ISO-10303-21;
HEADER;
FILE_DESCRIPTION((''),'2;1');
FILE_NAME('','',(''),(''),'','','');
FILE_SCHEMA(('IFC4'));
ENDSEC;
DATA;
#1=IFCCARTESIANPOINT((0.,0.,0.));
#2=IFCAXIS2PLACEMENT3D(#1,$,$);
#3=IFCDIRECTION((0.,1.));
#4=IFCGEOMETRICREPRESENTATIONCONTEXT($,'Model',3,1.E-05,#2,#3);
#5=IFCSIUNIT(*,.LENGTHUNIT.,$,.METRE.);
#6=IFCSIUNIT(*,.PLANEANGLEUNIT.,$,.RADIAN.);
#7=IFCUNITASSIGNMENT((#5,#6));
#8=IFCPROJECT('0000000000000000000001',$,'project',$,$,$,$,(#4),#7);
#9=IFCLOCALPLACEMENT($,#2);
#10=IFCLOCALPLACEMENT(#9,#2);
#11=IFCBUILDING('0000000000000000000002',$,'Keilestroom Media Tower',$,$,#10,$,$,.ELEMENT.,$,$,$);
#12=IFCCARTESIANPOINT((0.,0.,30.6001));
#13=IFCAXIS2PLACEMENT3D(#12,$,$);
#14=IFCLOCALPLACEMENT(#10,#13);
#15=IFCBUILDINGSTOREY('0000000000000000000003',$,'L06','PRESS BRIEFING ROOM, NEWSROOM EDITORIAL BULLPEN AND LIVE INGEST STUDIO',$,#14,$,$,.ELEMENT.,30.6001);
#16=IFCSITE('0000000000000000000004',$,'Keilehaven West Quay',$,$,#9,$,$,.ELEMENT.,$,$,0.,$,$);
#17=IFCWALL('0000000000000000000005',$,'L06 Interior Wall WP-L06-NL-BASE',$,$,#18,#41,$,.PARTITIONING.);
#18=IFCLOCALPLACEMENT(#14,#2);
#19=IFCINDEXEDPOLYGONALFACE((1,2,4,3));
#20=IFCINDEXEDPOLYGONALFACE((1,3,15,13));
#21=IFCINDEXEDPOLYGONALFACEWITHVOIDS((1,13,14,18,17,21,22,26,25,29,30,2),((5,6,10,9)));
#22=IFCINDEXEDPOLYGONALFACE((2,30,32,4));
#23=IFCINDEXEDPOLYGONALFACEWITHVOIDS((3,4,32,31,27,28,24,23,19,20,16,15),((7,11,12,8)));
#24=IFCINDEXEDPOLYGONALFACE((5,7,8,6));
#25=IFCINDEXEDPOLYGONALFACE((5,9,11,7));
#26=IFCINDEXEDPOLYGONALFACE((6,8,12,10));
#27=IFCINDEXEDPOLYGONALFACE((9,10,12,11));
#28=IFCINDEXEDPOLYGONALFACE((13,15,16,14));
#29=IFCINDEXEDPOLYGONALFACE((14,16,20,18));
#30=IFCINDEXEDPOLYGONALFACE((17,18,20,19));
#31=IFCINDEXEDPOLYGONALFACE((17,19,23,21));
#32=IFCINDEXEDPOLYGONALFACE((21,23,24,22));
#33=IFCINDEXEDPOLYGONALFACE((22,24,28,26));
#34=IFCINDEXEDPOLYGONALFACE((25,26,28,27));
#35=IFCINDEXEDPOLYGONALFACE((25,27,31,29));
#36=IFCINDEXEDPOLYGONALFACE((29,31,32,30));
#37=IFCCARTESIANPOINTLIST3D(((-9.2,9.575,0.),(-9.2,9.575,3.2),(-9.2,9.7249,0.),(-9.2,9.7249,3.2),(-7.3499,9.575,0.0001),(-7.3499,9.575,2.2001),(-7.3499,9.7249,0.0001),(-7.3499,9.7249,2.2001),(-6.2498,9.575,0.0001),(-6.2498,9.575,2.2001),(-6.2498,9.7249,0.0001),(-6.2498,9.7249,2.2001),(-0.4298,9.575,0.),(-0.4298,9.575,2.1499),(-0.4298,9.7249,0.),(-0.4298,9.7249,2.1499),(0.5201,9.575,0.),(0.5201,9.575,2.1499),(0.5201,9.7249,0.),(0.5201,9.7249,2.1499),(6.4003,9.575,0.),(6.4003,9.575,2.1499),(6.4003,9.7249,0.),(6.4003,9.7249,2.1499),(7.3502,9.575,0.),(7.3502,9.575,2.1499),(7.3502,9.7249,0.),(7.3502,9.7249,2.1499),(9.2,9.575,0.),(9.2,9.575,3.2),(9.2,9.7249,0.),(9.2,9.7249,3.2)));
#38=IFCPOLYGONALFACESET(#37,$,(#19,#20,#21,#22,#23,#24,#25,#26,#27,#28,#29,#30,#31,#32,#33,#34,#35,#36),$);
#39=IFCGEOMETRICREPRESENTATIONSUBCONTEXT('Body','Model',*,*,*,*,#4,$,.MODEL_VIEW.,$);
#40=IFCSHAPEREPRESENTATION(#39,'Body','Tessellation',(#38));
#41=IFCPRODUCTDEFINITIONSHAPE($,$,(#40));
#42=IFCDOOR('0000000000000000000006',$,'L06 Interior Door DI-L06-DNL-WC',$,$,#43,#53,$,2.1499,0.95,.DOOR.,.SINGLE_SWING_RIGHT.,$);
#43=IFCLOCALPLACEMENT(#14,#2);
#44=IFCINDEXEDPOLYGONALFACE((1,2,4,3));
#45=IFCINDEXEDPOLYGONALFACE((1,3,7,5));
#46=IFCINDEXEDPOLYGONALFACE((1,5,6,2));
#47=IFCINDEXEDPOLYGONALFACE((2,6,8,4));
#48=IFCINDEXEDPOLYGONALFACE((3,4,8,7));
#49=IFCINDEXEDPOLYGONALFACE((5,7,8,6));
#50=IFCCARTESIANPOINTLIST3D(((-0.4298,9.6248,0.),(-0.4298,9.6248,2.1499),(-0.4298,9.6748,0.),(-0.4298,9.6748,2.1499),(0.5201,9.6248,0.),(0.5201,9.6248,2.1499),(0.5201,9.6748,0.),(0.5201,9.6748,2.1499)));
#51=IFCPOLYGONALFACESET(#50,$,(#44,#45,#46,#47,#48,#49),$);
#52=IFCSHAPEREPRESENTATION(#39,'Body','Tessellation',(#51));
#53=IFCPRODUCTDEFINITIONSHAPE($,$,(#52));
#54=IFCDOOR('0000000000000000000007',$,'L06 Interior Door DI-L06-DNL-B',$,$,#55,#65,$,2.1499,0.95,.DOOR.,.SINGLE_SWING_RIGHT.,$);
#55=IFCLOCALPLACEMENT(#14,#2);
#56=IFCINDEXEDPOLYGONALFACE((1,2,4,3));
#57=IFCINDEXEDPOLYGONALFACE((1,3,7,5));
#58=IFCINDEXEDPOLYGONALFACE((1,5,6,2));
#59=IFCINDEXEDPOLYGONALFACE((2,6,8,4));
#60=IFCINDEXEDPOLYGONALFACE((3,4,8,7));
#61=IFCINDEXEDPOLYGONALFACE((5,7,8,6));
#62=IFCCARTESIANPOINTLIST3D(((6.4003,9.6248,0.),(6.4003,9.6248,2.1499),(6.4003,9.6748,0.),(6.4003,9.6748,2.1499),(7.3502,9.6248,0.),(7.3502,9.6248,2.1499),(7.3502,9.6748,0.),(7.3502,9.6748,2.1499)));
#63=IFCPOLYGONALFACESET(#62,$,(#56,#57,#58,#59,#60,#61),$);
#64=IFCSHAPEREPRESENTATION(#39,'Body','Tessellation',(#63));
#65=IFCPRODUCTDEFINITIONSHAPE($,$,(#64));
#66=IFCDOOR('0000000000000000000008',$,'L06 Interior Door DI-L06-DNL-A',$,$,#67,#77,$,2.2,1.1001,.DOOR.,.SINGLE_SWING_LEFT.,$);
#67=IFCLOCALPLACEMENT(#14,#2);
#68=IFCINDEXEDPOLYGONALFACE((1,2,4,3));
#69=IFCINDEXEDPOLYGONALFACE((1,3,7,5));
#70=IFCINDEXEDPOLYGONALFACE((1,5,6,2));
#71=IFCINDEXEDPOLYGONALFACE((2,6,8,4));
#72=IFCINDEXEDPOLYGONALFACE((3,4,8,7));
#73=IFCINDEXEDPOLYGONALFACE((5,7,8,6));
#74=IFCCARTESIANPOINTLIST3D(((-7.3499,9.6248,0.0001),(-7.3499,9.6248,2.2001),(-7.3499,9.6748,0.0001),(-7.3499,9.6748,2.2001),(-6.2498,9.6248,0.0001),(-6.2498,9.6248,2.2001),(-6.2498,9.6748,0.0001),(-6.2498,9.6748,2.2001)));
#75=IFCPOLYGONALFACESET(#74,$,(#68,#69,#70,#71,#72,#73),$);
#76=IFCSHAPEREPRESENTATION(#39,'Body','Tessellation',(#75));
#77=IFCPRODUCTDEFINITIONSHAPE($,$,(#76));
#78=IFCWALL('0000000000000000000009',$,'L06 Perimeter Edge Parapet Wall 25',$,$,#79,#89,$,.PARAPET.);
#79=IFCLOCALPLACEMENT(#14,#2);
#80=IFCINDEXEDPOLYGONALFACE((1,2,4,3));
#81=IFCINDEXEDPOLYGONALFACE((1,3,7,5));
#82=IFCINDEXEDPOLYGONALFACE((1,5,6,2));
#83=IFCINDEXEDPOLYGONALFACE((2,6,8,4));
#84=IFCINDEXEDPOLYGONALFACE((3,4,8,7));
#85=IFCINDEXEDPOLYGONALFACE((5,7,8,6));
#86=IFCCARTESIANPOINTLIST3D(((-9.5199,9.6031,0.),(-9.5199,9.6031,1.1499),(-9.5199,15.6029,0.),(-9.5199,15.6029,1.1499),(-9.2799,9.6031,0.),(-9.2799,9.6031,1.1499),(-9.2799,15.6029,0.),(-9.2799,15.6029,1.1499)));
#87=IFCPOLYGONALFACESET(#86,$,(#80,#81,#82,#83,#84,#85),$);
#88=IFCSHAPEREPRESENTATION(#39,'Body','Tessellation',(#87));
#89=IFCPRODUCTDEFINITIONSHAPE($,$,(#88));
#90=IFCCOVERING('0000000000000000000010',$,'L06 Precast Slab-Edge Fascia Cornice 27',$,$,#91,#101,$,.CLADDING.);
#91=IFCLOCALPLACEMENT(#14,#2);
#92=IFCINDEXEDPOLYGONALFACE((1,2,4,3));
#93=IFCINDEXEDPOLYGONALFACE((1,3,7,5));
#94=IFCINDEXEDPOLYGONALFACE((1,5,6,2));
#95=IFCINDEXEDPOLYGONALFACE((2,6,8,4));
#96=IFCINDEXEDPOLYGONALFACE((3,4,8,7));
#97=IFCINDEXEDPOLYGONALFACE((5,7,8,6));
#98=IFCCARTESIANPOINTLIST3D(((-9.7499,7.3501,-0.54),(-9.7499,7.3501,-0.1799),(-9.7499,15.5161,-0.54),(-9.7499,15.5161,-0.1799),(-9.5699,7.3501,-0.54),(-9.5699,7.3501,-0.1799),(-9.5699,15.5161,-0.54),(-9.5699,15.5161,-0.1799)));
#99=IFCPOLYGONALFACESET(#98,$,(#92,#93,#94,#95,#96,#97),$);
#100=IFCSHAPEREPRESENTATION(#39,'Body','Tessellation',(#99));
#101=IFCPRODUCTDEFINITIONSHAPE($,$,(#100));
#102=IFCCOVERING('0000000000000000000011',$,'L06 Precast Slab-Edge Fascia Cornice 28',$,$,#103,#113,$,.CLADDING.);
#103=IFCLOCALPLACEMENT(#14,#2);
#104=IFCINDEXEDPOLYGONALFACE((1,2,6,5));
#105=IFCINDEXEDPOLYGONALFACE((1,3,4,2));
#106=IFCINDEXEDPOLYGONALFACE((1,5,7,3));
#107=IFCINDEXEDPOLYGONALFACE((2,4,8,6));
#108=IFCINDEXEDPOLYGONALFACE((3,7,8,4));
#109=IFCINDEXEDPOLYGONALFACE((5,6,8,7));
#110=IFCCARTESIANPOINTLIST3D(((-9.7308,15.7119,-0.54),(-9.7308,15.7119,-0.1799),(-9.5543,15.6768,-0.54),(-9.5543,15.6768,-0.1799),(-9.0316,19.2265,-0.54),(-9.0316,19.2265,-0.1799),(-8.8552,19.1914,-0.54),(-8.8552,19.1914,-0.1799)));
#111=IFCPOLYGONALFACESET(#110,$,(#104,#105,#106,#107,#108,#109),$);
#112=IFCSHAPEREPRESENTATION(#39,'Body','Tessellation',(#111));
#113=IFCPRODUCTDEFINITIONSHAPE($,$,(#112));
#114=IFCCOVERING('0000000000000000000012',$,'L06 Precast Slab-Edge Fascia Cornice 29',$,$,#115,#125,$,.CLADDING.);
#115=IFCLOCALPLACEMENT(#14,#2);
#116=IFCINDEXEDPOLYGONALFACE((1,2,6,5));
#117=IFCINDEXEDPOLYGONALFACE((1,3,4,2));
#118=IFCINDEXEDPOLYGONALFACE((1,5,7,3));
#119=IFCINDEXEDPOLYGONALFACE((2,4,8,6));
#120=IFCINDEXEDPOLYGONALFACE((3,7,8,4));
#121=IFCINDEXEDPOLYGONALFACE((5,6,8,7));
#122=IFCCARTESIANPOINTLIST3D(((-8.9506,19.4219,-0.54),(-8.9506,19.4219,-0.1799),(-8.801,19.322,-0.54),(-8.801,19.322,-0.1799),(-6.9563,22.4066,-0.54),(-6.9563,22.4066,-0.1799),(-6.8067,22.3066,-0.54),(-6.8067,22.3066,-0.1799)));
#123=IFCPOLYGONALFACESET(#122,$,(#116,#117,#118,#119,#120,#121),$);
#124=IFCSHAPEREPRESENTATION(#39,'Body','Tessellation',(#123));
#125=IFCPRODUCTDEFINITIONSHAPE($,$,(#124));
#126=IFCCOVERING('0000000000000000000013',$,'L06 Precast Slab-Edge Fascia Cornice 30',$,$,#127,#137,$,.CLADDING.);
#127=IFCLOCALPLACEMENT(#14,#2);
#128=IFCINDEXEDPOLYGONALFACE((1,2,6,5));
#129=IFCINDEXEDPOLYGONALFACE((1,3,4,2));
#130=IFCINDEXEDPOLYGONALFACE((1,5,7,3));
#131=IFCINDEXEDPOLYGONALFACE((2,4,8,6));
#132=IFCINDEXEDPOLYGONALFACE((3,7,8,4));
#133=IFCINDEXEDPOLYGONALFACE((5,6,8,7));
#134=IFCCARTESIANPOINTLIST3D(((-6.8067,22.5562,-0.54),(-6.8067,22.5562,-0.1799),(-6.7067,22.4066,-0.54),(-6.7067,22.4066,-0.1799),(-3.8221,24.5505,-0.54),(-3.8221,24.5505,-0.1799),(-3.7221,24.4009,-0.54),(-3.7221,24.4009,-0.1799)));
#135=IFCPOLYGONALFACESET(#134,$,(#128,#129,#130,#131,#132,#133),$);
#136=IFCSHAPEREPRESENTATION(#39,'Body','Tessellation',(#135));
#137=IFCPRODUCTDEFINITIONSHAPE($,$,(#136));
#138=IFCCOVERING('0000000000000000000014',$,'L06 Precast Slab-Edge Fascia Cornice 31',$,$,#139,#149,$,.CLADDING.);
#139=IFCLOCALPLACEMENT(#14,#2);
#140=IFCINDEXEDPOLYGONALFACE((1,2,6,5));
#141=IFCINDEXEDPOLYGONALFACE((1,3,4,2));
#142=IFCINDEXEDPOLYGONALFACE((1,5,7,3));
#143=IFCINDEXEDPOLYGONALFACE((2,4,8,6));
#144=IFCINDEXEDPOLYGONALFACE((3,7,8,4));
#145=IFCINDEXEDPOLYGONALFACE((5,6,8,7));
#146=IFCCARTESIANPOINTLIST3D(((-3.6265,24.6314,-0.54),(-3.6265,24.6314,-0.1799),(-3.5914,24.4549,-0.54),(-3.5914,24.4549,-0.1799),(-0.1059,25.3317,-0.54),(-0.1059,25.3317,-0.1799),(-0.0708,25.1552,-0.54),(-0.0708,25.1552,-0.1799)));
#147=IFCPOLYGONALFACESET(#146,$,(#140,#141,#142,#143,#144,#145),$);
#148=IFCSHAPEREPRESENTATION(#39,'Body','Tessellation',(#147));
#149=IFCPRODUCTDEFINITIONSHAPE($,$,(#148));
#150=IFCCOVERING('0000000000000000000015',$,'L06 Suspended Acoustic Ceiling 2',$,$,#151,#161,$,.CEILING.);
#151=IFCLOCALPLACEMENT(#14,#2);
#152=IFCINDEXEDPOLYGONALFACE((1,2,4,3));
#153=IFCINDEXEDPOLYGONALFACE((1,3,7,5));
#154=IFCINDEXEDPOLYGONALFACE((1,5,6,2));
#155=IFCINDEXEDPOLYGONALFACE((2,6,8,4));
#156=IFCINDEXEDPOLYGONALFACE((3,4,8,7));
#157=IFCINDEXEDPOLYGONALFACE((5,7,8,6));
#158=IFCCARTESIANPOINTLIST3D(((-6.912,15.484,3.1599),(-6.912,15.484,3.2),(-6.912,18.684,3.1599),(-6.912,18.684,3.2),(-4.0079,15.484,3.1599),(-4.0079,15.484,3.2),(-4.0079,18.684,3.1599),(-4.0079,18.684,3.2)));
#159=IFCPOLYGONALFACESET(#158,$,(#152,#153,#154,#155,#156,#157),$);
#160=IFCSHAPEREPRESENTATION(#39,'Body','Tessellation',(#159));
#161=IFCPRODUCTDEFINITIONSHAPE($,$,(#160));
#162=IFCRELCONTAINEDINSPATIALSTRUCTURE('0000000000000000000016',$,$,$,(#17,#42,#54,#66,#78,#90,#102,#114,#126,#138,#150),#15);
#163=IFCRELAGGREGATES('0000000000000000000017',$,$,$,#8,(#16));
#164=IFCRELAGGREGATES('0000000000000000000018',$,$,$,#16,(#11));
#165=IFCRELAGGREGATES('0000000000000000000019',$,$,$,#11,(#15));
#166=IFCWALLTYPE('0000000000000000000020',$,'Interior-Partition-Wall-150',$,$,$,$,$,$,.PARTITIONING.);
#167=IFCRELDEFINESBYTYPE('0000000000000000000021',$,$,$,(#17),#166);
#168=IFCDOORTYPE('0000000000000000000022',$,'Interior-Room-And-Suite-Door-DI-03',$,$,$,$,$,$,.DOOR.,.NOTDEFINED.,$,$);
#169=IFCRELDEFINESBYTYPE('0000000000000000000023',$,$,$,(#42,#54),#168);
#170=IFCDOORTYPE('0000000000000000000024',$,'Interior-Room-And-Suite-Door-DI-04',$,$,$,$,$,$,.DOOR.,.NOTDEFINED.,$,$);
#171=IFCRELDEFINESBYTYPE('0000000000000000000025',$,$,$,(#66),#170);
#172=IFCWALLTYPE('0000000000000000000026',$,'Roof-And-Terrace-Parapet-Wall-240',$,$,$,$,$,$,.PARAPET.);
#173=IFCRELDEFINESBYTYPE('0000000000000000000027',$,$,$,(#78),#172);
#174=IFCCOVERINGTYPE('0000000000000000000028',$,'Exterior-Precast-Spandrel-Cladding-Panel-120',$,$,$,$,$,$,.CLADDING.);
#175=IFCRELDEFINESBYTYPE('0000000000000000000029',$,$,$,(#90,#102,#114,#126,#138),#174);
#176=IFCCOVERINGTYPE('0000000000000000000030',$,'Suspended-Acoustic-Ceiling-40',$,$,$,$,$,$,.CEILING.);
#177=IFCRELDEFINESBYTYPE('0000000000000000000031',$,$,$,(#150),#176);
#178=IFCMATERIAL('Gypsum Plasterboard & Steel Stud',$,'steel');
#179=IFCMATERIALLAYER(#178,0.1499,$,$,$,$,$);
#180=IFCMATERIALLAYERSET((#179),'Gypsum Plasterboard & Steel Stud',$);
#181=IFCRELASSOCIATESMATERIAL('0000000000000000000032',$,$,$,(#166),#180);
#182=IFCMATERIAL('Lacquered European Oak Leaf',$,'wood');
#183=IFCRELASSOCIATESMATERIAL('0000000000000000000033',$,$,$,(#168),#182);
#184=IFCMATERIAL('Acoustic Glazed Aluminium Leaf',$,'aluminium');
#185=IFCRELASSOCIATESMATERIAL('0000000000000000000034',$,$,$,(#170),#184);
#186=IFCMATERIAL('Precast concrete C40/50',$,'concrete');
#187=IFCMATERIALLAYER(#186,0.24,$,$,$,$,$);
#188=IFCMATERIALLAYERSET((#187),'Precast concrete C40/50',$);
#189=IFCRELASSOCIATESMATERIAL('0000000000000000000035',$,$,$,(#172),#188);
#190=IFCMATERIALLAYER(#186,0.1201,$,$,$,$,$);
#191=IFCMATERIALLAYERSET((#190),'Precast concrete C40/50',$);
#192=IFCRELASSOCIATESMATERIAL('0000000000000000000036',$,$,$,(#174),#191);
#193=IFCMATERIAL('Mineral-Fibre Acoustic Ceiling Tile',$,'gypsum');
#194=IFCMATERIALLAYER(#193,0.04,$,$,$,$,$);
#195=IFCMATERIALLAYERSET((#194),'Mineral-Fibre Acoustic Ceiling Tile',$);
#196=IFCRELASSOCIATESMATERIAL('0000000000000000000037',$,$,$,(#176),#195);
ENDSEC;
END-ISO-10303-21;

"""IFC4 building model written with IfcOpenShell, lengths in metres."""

from ifc_helpers import new_model, si_unit, direction, frame, frame_2d, origin, origin_2d, place, context, subcontext, project, spatial, rectangle, extrude, source, transform, mapped, material, layer, layer_set, type_object, element, fill, save


model = new_model("IFC4")

# Units and contexts
model_context = context("Model", 3, precision=1e-05, world=origin(), true_north=direction((0.0, 1.0)))
body_context = subcontext(model_context, "Body", "Model", "MODEL_VIEW")
ifc_project = project(units=[si_unit("LENGTHUNIT", "METRE"), si_unit("PLANEANGLEUNIT", "RADIAN")], contexts=[model_context])

# Site, building, storey
site_placement = place(None, origin())
site = spatial("IfcSite", under=ifc_project, at=site_placement, Name="Keilehaven West Quay", CompositionType="ELEMENT", RefElevation=0.0)
building_placement = place(site_placement, origin())
building = spatial("IfcBuilding", under=site, at=building_placement, Name="Keilestroom Media Tower", CompositionType="ELEMENT")
storey_placement = place(building_placement, frame((0.0, 0.0, 30.6001)))
storey = spatial("IfcBuildingStorey", under=building, at=storey_placement, Name="L06", Description="PRESS BRIEFING ROOM, NEWSROOM EDITORIAL BULLPEN AND LIVE INGEST STUDIO", CompositionType="ELEMENT", Elevation=30.6001)

# Shared definitions
ifc_material_1 = material(Name="Precast concrete C40/50", Category="concrete")
ifc_material_2 = material(Name="Gypsum Plasterboard & Steel Stud", Category="steel")

# Wall, openings, doors
ifc_layer_1 = layer(ifc_material_2, 0.1499)
ifc_layer_set_1 = layer_set([ifc_layer_1], Name="Gypsum Plasterboard & Steel Stud")
wall_type_1 = type_object("IfcWallType", Name="Interior-Partition-Wall-150", PredefinedType="PARTITIONING", material=ifc_layer_set_1)
wall_1_placement = place(storey_placement, frame((-9.2, 9.6499, 0.0), z_axis=(0.0, 0.0, 1.0), x_axis=(1.0, 0.0, 0.0)))
wall_1 = element("IfcWall", 1, at=wall_1_placement, inside=storey, type_object=wall_type_1, Name="L06 Interior Wall WP-L06-NL-BASE", PredefinedType="PARTITIONING", context=body_context, shape_type="SweptSolid", body=[
    extrude(rectangle(XDim=18.3999, YDim=0.1499, at=frame_2d((9.2, 0.0))), origin(), (0.0, 0.0, 1.0), 3.2),
])
opening_1_placement = place(wall_1_placement, frame((8.77, 0.0, 0.0)))
opening_1 = element("IfcOpeningElement", 2, at=opening_1_placement, cuts=wall_1, PredefinedType="OPENING", context=body_context, shape_type="SweptSolid", body=[
    extrude(rectangle(XDim=0.95, YDim=2.1499, at=frame_2d((0.4751, 1.075))), frame((0.0, 0.085, 0.0), z_axis=(0.0, -1.0, 0.0), x_axis=(1.0, 0.0, 0.0)), (0.0, 0.0, 1.0), 0.1699),
])
opening_2_placement = place(wall_1_placement, frame((1.8501, 0.0, 0.0)))
opening_2 = element("IfcOpeningElement", 3, at=opening_2_placement, cuts=wall_1, PredefinedType="OPENING", context=body_context, shape_type="SweptSolid", body=[
    extrude(rectangle(XDim=1.1001, YDim=2.2, at=frame_2d((0.55, 1.1001))), frame((0.0, 0.085, 0.0), z_axis=(0.0, -1.0, 0.0), x_axis=(1.0, 0.0, 0.0)), (0.0, 0.0, 1.0), 0.1699),
])
opening_3_placement = place(wall_1_placement, frame((15.6001, 0.0, 0.0)))
opening_3 = element("IfcOpeningElement", 4, at=opening_3_placement, cuts=wall_1, PredefinedType="OPENING", context=body_context, shape_type="SweptSolid", body=[
    extrude(rectangle(XDim=0.95, YDim=2.1499, at=frame_2d((0.4751, 1.075))), frame((0.0, 0.085, 0.0), z_axis=(0.0, -1.0, 0.0), x_axis=(1.0, 0.0, 0.0)), (0.0, 0.0, 1.0), 0.1699),
])
ifc_material_3 = material(Name="Lacquered European Oak Leaf", Category="wood")
door_type_1 = type_object("IfcDoorType", Name="Interior-Room-And-Suite-Door-DI-03", OperationType="NOTDEFINED", PredefinedType="DOOR", material=ifc_material_3)
shared_shape_1 = source(origin(), body_context, "Body", "SweptSolid", [
    extrude(rectangle(XDim=0.95, YDim=2.1499, at=frame_2d((0.4751, 1.075))), frame((0.0, 0.0249, 0.0), z_axis=(0.0, -1.0, 0.0), x_axis=(1.0, 0.0, 0.0)), (0.0, 0.0, 1.0), 0.05),
])
door_1_placement = place(opening_1_placement, origin())
door_1 = element("IfcDoor", 5, at=door_1_placement, inside=storey, type_object=door_type_1, Name="L06 Interior Door DI-L06-DNL-WC", OperationType="SINGLE_SWING_RIGHT", OverallHeight=2.1499, OverallWidth=0.95, PredefinedType="DOOR", context=body_context, shape_type="MappedRepresentation", body=[
    mapped(shared_shape_1, transform((0.0, 0.0, 0.0), x_axis=(1.0, 0.0, 0.0), y_axis=(0.0, 1.0, 0.0), z_axis=(0.0, 0.0, 1.0), scale=1.0)),
])
fill(opening_1, door_1)
door_2_placement = place(opening_3_placement, origin())
door_2 = element("IfcDoor", 6, at=door_2_placement, inside=storey, type_object=door_type_1, Name="L06 Interior Door DI-L06-DNL-B", OperationType="SINGLE_SWING_RIGHT", OverallHeight=2.1499, OverallWidth=0.95, PredefinedType="DOOR", context=body_context, shape_type="MappedRepresentation", body=[
    mapped(shared_shape_1, transform((0.0, 0.0, 0.0), x_axis=(1.0, 0.0, 0.0), y_axis=(0.0, 1.0, 0.0), z_axis=(0.0, 0.0, 1.0), scale=1.0)),
])
fill(opening_3, door_2)
ifc_material_4 = material(Name="Acoustic Glazed Aluminium Leaf", Category="aluminium")
door_type_2 = type_object("IfcDoorType", Name="Interior-Room-And-Suite-Door-DI-04", OperationType="NOTDEFINED", PredefinedType="DOOR", material=ifc_material_4)
shared_shape_2 = source(origin(), body_context, "Body", "SweptSolid", [
    extrude(rectangle(XDim=1.1001, YDim=2.2, at=frame_2d((0.55, 1.1001))), frame((0.0, 0.0249, 0.0), z_axis=(0.0, -1.0, 0.0), x_axis=(1.0, 0.0, 0.0)), (0.0, 0.0, 1.0), 0.05),
])
door_3_placement = place(opening_2_placement, origin())
door_3 = element("IfcDoor", 7, at=door_3_placement, inside=storey, type_object=door_type_2, Name="L06 Interior Door DI-L06-DNL-A", OperationType="SINGLE_SWING_LEFT", OverallHeight=2.2, OverallWidth=1.1001, PredefinedType="DOOR", context=body_context, shape_type="MappedRepresentation", body=[
    mapped(shared_shape_2, transform((0.0, 0.0, 0.0), x_axis=(1.0, 0.0, 0.0), y_axis=(0.0, 1.0, 0.0), z_axis=(0.0, 0.0, 1.0), scale=1.0)),
])
fill(opening_2, door_3)

# Wall
ifc_layer_2 = layer(ifc_material_1, 0.24)
ifc_layer_set_2 = layer_set([ifc_layer_2], Name="Precast concrete C40/50")
wall_type_2 = type_object("IfcWallType", Name="Roof-And-Terrace-Parapet-Wall-240", PredefinedType="PARAPET", material=ifc_layer_set_2)
wall_2_placement = place(storey_placement, frame((-9.3999, 9.603, 0.0), z_axis=(0.0, 0.0, 1.0), x_axis=(0.0, 1.0, 0.0)))
element("IfcWall", 8, at=wall_2_placement, inside=storey, type_object=wall_type_2, Name="L06 Perimeter Edge Parapet Wall 25", PredefinedType="PARAPET", context=body_context, shape_type="SweptSolid", body=[
    extrude(rectangle(XDim=5.9998, YDim=0.24, at=frame_2d((3.0, 0.0))), origin(), (0.0, 0.0, 1.0), 1.1499),
])

# Coverings
ifc_layer_3 = layer(ifc_material_1, 0.1201)
ifc_layer_set_3 = layer_set([ifc_layer_3], Name="Precast concrete C40/50")
covering_type_1 = type_object("IfcCoveringType", Name="Exterior-Precast-Spandrel-Cladding-Panel-120", PredefinedType="CLADDING", material=ifc_layer_set_3)
shared_shape_3 = source(origin(), body_context, "Body", "SweptSolid", [
    extrude(rectangle(XDim=8.166, YDim=0.1799, at=origin_2d()), origin(), (0.0, 0.0, 1.0), 0.3601),
])
covering_1_placement = place(storey_placement, frame((-9.6599, 11.4331, -0.54), z_axis=(0.0, 0.0, 1.0), x_axis=(0.0, 1.0, 0.0)))
element("IfcCovering", 9, at=covering_1_placement, inside=storey, type_object=covering_type_1, Name="L06 Precast Slab-Edge Fascia Cornice 27", PredefinedType="CLADDING", context=body_context, shape_type="MappedRepresentation", body=[
    mapped(shared_shape_3, transform((0.0, 0.0, 0.0), x_axis=(1.0, 0.0, 0.0), y_axis=(0.0, 1.0, 0.0), z_axis=(0.0, 0.0, 1.0), scale=1.0)),
])
shared_shape_4 = source(origin(), body_context, "Body", "SweptSolid", [
    extrude(rectangle(XDim=3.5835, YDim=0.1799, at=origin_2d()), origin(), (0.0, 0.0, 1.0), 0.3601),
])
covering_2_placement = place(storey_placement, frame((-9.293, 17.4517, -0.54), z_axis=(0.0, 0.0, 1.0), x_axis=(0.195099, 0.980784, 0.0)))
element("IfcCovering", 10, at=covering_2_placement, inside=storey, type_object=covering_type_1, Name="L06 Precast Slab-Edge Fascia Cornice 28", PredefinedType="CLADDING", context=body_context, shape_type="MappedRepresentation", body=[
    mapped(shared_shape_4, transform((0.0, 0.0, 0.0), x_axis=(1.0, 0.0, 0.0), y_axis=(0.0, 1.0, 0.0), z_axis=(0.0, 0.0, 1.0), scale=1.0)),
])
shared_shape_5 = source(origin(), body_context, "Body", "SweptSolid", [
    extrude(rectangle(XDim=3.5896, YDim=0.1799, at=origin_2d()), origin(), (0.0, 0.0, 1.0), 0.3601),
])
for number, where, z_axis, x_axis, name in (
    (11, (-7.8787, 20.8643, -0.54), (0.0, 0.0, 1.0), (0.555575, 0.831467, 0.0), "L06 Precast Slab-Edge Fascia Cornice 29"),
    (12, (-5.2644, 23.4785, -0.54), (0.0, 0.0, 1.0), (0.831467, 0.555575, 0.0), "L06 Precast Slab-Edge Fascia Cornice 30"),
    (13, (-1.8486, 24.8933, -0.54), (0.0, 0.0, 1.0), (0.980784, 0.195099, 0.0), "L06 Precast Slab-Edge Fascia Cornice 31"),
):
    element("IfcCovering", number, at=place(storey_placement, frame(where, z_axis=z_axis, x_axis=x_axis)), inside=storey, type_object=covering_type_1, Name=name, PredefinedType="CLADDING", context=body_context, shape_type="MappedRepresentation", body=[
        mapped(shared_shape_5, transform((0.0, 0.0, 0.0), x_axis=(1.0, 0.0, 0.0), y_axis=(0.0, 1.0, 0.0), z_axis=(0.0, 0.0, 1.0), scale=1.0)),
    ])
ifc_material_5 = material(Name="Mineral-Fibre Acoustic Ceiling Tile", Category="gypsum")
ifc_layer_4 = layer(ifc_material_5, 0.04)
ifc_layer_set_4 = layer_set([ifc_layer_4], Name="Mineral-Fibre Acoustic Ceiling Tile")
covering_type_2 = type_object("IfcCoveringType", Name="Suspended-Acoustic-Ceiling-40", PredefinedType="CEILING", material=ifc_layer_set_4)
shared_shape_6 = source(origin(), body_context, "Body", "SweptSolid", [
    extrude(rectangle(XDim=2.9041, YDim=3.2, at=origin_2d()), origin(), (0.0, 0.0, 1.0), 0.04),
])
covering_3_placement = place(storey_placement, frame((-5.46, 17.084, 3.1599), z_axis=(0.0, 0.0, 1.0), x_axis=(1.0, 0.0, 0.0)))
element("IfcCovering", 14, at=covering_3_placement, inside=storey, type_object=covering_type_2, Name="L06 Suspended Acoustic Ceiling 2", PredefinedType="CEILING", context=body_context, shape_type="MappedRepresentation", body=[
    mapped(shared_shape_6, transform((0.0, 0.0, 0.0), x_axis=(1.0, 0.0, 0.0), y_axis=(0.0, 1.0, 0.0), z_axis=(0.0, 0.0, 1.0), scale=1.0)),
])

save(model, "model.ifc")
